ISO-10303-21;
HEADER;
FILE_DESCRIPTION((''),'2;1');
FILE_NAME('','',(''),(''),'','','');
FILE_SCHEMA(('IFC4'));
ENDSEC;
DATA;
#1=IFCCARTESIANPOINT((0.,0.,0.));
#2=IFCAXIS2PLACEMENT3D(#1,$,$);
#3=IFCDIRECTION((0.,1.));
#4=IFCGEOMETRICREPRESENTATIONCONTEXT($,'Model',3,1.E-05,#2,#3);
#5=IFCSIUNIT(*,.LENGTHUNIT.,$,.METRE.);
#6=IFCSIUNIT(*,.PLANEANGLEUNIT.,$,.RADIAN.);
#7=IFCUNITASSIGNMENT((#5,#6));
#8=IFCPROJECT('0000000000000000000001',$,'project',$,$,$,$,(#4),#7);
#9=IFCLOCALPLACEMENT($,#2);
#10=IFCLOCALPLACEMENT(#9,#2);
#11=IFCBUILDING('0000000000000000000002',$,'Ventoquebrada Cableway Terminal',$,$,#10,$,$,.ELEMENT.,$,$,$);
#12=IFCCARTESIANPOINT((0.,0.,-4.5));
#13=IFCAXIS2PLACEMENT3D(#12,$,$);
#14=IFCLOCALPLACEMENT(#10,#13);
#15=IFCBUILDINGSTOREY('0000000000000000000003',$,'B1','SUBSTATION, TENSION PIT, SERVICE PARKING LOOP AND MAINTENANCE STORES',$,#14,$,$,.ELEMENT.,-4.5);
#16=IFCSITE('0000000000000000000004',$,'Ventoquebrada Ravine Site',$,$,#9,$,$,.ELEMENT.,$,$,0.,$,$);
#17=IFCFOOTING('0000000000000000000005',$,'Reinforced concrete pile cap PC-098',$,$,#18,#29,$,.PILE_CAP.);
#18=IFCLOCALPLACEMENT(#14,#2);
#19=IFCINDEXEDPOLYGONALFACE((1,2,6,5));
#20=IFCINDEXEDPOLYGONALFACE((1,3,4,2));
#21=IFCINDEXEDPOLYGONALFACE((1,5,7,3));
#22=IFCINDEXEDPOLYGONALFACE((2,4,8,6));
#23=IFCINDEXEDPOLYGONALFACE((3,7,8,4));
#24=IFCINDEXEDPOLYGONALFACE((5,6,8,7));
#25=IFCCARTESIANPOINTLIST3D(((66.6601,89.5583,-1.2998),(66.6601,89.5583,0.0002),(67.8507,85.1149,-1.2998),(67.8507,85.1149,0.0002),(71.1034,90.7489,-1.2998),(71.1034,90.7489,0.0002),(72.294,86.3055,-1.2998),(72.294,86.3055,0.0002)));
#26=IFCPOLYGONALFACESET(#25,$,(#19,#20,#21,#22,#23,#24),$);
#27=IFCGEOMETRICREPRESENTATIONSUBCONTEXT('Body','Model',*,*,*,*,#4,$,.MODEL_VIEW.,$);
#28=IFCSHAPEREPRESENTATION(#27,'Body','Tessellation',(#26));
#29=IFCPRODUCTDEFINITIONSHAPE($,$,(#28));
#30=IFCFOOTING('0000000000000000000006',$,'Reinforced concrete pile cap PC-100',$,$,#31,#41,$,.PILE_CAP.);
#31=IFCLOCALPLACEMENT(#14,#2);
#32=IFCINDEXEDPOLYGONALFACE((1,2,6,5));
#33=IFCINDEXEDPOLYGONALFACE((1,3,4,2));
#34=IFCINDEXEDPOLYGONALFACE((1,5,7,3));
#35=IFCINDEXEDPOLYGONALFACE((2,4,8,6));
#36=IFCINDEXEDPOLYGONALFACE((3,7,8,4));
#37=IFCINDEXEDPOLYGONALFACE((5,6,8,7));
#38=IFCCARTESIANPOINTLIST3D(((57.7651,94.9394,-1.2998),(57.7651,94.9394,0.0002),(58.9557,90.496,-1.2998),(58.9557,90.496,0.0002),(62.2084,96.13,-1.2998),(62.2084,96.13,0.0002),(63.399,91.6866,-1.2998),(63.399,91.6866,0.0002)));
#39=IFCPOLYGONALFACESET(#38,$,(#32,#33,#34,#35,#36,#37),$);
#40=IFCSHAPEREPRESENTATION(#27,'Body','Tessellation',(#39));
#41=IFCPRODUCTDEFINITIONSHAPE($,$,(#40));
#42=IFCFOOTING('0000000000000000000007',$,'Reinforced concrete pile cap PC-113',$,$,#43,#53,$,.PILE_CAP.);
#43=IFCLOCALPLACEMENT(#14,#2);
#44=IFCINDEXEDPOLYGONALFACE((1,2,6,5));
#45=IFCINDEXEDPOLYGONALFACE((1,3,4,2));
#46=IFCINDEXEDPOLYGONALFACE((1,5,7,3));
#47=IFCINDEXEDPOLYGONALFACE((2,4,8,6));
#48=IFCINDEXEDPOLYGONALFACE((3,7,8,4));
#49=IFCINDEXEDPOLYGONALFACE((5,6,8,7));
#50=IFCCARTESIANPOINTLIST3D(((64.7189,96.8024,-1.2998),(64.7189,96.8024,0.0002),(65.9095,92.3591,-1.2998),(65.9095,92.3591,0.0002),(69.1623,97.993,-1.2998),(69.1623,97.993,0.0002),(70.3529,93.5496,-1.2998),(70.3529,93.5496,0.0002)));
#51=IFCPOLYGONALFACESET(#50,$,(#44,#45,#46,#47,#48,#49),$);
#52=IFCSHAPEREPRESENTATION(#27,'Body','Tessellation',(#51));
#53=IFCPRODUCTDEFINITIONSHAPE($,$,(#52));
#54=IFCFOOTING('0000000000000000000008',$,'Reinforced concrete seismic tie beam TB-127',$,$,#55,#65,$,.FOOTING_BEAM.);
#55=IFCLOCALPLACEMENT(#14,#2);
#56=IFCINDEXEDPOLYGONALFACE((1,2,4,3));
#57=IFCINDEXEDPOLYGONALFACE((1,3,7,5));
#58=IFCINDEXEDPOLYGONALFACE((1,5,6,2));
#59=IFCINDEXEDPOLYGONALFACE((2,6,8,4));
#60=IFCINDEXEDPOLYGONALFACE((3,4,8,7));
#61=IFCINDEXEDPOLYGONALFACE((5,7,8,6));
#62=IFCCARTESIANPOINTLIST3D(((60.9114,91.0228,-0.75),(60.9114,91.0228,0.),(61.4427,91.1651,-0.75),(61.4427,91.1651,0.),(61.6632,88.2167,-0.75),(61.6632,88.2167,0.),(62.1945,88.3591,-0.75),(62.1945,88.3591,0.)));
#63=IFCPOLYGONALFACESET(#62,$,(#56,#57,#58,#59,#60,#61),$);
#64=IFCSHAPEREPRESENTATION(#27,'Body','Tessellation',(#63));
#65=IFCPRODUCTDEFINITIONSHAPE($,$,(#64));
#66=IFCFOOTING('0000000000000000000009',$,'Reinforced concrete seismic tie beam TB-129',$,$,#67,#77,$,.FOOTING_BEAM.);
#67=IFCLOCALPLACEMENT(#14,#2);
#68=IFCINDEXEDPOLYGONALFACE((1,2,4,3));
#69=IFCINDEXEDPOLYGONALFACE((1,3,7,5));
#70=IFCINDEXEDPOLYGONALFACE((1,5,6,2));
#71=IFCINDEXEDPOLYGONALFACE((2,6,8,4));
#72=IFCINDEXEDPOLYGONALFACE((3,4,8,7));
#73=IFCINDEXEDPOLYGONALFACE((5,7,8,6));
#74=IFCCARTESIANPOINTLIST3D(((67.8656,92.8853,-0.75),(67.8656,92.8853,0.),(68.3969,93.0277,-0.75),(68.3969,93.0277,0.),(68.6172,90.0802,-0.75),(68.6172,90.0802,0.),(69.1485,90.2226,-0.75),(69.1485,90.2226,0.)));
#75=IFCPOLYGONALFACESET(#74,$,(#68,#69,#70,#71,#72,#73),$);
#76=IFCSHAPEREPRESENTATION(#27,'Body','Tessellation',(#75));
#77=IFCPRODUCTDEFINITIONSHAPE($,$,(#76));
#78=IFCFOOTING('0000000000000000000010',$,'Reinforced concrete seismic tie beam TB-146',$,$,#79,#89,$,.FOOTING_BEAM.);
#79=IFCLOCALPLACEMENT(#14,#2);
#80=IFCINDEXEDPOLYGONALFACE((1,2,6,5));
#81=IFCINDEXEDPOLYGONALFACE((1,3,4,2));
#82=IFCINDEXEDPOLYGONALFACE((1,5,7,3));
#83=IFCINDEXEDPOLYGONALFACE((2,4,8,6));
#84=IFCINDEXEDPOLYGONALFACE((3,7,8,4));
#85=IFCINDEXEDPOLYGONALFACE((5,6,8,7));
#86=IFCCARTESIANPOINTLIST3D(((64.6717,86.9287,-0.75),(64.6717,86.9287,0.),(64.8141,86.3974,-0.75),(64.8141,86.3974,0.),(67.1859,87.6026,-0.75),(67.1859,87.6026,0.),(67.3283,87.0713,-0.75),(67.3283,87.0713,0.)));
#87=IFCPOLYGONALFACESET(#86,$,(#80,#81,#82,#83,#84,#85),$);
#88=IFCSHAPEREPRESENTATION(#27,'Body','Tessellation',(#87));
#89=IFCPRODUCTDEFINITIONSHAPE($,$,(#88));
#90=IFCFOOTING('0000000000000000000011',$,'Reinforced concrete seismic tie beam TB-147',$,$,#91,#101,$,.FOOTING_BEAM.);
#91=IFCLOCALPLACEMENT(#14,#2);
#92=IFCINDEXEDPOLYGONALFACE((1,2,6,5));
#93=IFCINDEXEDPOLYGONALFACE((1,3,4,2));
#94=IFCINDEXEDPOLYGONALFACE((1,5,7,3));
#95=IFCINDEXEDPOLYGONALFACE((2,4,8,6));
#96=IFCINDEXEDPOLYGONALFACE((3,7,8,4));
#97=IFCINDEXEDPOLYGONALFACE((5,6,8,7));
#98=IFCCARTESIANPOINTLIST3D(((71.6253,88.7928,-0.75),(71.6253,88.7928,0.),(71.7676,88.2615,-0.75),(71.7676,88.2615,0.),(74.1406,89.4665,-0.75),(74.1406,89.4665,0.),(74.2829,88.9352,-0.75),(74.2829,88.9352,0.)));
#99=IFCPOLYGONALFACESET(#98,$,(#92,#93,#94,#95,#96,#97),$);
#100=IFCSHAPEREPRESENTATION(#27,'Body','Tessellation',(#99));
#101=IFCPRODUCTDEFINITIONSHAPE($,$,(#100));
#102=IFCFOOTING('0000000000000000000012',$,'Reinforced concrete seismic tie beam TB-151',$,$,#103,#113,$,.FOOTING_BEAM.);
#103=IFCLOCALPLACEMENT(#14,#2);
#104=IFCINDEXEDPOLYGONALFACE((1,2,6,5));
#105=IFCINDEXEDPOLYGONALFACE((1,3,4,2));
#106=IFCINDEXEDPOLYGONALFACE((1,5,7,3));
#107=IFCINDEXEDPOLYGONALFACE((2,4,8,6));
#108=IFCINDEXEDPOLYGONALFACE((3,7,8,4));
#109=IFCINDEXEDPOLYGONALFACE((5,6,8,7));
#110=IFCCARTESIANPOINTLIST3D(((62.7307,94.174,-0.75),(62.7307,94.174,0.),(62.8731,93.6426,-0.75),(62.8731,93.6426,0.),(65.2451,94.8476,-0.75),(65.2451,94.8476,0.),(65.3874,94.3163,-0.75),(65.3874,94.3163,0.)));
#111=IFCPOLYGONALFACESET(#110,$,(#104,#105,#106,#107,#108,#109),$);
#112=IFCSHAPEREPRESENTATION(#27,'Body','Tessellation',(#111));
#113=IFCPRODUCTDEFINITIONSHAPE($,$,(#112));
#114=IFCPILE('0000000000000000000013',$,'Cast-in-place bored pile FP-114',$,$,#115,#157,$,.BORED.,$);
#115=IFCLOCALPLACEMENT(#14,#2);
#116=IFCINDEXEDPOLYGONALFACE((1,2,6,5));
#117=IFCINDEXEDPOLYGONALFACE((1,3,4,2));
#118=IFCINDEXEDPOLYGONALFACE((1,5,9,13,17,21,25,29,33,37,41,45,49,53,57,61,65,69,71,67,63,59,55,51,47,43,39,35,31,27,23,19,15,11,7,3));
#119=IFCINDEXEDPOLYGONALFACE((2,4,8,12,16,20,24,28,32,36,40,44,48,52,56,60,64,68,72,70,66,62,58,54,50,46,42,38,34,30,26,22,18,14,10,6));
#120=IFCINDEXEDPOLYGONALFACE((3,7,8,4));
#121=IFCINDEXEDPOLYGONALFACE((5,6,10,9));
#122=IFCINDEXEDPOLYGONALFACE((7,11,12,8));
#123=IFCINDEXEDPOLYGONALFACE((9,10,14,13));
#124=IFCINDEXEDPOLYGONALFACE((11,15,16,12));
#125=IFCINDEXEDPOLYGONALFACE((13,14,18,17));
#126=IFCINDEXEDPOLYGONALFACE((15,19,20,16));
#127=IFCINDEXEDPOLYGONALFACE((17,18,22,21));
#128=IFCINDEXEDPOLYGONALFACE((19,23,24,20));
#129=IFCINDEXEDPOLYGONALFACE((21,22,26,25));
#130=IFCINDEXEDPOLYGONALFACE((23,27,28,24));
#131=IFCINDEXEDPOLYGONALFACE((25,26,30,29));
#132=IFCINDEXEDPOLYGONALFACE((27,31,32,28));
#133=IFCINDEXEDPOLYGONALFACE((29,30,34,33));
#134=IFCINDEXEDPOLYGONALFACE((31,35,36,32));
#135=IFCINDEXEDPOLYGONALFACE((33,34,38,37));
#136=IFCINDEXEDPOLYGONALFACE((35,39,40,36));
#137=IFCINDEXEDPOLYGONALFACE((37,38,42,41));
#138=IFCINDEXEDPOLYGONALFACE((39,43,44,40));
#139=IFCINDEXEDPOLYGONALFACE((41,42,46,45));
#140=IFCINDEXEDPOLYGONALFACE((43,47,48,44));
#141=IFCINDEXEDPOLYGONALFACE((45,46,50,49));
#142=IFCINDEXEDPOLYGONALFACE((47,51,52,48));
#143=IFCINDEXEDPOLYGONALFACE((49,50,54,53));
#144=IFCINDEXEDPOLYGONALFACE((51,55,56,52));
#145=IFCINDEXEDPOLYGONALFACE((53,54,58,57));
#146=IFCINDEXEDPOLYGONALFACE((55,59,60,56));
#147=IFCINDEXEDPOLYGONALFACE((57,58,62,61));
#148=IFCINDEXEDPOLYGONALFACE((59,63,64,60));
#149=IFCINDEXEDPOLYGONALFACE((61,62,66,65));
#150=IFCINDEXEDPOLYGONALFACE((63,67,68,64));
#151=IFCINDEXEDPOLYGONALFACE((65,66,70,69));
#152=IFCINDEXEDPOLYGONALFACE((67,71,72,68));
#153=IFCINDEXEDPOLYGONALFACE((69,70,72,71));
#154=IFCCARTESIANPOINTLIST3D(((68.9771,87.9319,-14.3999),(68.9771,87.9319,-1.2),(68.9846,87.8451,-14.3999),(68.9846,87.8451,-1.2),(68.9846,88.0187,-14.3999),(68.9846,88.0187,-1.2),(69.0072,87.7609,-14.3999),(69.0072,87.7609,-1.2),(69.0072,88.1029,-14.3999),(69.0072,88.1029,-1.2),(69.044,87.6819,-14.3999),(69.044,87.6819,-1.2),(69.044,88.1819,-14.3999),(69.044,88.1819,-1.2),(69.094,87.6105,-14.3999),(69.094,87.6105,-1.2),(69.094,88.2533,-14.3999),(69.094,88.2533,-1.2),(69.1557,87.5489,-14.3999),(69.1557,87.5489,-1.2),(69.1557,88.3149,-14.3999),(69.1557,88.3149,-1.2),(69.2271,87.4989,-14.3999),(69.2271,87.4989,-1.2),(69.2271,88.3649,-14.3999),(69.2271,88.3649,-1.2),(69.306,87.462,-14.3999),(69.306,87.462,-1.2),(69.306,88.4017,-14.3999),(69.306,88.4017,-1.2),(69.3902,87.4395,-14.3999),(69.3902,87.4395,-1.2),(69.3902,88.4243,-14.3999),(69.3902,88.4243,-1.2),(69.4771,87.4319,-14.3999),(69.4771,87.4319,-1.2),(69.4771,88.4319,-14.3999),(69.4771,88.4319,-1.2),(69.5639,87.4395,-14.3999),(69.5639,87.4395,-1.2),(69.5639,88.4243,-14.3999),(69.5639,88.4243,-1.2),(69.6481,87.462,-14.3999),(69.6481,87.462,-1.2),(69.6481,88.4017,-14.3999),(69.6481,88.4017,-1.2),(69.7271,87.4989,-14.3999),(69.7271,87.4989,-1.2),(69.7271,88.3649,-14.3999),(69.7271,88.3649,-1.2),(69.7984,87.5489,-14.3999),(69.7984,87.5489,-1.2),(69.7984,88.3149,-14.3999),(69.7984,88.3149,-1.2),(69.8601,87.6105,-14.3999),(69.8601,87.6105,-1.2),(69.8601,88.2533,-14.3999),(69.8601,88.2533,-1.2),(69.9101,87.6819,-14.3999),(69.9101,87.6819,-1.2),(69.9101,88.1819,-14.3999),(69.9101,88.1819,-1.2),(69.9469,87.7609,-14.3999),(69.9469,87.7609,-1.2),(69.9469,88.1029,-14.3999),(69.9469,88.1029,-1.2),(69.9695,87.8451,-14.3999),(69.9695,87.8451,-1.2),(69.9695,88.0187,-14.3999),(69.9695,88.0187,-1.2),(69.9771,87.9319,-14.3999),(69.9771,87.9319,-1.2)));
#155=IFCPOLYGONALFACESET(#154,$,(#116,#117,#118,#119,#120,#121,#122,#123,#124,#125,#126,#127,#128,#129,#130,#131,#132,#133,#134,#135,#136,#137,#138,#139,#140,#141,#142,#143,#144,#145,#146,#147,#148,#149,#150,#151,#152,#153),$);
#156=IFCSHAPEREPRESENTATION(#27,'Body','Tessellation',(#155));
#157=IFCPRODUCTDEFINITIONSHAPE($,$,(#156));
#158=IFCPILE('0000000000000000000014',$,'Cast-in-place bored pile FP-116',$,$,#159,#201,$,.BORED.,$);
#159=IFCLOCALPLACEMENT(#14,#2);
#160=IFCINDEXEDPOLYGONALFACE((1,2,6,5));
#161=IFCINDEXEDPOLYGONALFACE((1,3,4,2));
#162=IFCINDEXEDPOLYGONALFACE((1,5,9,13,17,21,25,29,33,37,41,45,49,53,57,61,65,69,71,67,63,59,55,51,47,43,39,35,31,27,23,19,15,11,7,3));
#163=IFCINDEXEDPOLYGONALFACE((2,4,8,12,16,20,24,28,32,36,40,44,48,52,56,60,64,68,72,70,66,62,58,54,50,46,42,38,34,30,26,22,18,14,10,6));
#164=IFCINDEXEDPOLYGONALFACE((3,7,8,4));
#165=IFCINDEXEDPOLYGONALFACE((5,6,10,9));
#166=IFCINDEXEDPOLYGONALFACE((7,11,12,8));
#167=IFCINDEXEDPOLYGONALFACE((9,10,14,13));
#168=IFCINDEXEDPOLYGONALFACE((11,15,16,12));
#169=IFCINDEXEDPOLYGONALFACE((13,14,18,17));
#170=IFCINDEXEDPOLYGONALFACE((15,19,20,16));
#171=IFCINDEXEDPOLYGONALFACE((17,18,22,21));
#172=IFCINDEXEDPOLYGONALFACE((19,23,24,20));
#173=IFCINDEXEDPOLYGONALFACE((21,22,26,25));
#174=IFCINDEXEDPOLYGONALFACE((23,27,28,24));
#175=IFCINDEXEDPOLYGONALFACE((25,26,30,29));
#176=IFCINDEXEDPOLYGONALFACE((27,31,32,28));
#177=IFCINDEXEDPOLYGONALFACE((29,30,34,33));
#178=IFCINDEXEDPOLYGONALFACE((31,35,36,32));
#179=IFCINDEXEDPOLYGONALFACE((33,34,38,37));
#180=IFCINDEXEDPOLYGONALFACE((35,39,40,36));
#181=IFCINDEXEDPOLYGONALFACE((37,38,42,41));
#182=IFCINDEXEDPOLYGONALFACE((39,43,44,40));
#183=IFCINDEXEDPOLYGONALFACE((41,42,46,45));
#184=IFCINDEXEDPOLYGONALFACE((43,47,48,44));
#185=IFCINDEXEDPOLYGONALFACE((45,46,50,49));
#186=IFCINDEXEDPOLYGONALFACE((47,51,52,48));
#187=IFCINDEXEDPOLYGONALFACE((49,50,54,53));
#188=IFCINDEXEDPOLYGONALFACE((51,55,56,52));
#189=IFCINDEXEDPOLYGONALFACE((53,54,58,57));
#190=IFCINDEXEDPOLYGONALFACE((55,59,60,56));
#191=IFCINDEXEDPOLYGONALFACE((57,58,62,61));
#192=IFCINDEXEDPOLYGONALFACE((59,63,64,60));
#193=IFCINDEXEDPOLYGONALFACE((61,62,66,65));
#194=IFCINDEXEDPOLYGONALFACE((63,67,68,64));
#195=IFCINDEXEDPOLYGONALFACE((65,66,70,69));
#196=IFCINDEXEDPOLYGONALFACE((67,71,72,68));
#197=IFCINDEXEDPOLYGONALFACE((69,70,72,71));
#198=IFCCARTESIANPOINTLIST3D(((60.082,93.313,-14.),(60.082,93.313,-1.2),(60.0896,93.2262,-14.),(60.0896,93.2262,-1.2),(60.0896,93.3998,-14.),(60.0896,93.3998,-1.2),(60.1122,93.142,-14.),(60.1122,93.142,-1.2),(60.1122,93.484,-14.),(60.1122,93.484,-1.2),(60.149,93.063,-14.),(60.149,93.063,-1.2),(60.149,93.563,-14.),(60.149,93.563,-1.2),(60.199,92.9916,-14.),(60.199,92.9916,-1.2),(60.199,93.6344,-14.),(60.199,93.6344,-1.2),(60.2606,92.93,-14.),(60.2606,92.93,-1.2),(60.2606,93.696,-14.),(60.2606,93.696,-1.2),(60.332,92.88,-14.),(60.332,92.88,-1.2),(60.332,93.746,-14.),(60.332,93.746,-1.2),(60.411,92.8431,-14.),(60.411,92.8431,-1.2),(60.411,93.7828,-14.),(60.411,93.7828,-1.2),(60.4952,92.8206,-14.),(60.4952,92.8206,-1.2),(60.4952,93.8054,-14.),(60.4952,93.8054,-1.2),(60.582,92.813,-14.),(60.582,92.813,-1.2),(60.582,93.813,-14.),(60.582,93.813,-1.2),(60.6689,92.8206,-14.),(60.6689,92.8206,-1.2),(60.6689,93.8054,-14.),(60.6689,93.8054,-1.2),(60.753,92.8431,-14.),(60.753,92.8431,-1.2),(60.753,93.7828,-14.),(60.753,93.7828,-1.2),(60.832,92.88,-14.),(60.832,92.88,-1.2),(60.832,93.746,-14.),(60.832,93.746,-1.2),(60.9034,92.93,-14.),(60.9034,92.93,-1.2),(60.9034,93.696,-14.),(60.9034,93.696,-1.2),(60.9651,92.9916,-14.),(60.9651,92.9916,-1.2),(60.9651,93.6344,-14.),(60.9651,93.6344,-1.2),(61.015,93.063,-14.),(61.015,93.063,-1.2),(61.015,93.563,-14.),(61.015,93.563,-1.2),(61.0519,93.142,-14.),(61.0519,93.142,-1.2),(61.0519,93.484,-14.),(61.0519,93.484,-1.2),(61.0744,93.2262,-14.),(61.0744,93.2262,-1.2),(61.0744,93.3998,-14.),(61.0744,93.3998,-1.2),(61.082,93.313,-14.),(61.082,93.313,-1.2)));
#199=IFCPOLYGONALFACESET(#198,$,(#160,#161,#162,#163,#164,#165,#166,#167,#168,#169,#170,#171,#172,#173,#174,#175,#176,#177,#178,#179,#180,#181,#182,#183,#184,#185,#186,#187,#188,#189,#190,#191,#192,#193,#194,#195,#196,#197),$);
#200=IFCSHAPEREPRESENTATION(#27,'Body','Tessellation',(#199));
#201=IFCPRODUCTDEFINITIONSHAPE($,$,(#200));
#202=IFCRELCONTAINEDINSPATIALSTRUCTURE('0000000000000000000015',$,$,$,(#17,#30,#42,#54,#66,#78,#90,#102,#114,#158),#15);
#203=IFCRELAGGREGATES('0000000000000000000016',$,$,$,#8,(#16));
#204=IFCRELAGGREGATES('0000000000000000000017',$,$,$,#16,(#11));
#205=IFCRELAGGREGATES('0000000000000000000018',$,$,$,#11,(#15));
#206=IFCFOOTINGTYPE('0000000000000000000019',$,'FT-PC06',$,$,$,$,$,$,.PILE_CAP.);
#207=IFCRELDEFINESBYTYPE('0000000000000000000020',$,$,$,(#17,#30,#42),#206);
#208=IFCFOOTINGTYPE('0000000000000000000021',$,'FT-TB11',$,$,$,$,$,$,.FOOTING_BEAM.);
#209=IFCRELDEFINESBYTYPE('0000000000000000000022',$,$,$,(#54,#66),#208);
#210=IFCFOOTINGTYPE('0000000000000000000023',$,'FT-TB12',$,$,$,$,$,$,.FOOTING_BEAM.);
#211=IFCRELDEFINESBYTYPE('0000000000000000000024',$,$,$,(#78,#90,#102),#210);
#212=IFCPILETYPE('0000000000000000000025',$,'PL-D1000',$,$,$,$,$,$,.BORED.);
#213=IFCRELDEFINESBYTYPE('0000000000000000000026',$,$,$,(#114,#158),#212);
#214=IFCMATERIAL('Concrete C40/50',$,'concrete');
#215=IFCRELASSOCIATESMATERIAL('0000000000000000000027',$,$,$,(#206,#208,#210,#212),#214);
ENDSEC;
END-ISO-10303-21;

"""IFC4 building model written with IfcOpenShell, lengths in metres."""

from ifc_helpers import new_model, si_unit, direction, frame, origin, origin_2d, place, context, subcontext, project, spatial, rectangle, circle, extrude, material, material_profile, profile_set, type_object, element, save


model = new_model("IFC4")

# Units and contexts
model_context = context("Model", 3, precision=1e-05, world=origin(), true_north=direction((0.0, 1.0)))
body_context = subcontext(model_context, "Body", "Model", "MODEL_VIEW")
ifc_project = project(units=[si_unit("LENGTHUNIT", "METRE"), si_unit("PLANEANGLEUNIT", "RADIAN")], contexts=[model_context])

# Site, building, storey
site_placement = place(None, origin())
site = spatial("IfcSite", under=ifc_project, at=site_placement, Name="Ventoquebrada Ravine Site", CompositionType="ELEMENT", RefElevation=0.0)
building_placement = place(site_placement, origin())
building = spatial("IfcBuilding", under=site, at=building_placement, Name="Ventoquebrada Cableway Terminal", CompositionType="ELEMENT")
storey_placement = place(building_placement, frame((0.0, 0.0, -4.5)))
storey = spatial("IfcBuildingStorey", under=building, at=storey_placement, Name="B1", Description="SUBSTATION, TENSION PIT, SERVICE PARKING LOOP AND MAINTENANCE STORES", CompositionType="ELEMENT", Elevation=-4.5)

# Footings
ifc_material = material(Name="Concrete C40/50", Category="concrete")
footing_type_1 = type_object("IfcFootingType", Name="FT-PC06", PredefinedType="PILE_CAP", material=ifc_material)
for number, where, z_axis, x_axis, name in (
    (1, (69.4771, 87.9319, -1.2998), (0.0, 0.0, 1.0), (0.965926, 0.258819, 0.0), "Reinforced concrete pile cap PC-098"),
    (2, (60.582, 93.313, -1.2998), (0.0, 0.0, 1.0), (0.965926, 0.258819, 0.0), "Reinforced concrete pile cap PC-100"),
    (3, (67.5359, 95.176, -1.2998), (0.0, 0.0, 1.0), (0.965926, 0.258819, 0.0), "Reinforced concrete pile cap PC-113"),
):
    element("IfcFooting", number, at=place(storey_placement, frame(where, z_axis=z_axis, x_axis=x_axis)), inside=storey, type_object=footing_type_1, Name=name, PredefinedType="PILE_CAP", context=body_context, shape_type="SweptSolid", body=[
        extrude(rectangle(XDim=4.6001, YDim=4.6001, at=origin_2d()), origin(), (0.0, 0.0, 1.0), 1.3),
    ])
footing_type_2 = type_object("IfcFootingType", Name="FT-TB11", PredefinedType="FOOTING_BEAM", material=ifc_material)
footing_1_placement = place(storey_placement, frame((61.553, 89.6909, -0.75), z_axis=(0.0, 0.0, 1.0), x_axis=(-0.258785, 0.965935, 0.0)))
element("IfcFooting", 4, at=footing_1_placement, inside=storey, type_object=footing_type_2, Name="Reinforced concrete seismic tie beam TB-127", PredefinedType="FOOTING_BEAM", context=body_context, shape_type="SweptSolid", body=[
    extrude(rectangle(XDim=2.905, YDim=0.55, at=origin_2d()), origin(), (0.0, 0.0, 1.0), 0.75),
])
footing_2_placement = place(storey_placement, frame((68.5071, 91.554, -0.75), z_axis=(0.0, 0.0, 1.0), x_axis=(-0.258819, 0.965926, 0.0)))
element("IfcFooting", 5, at=footing_2_placement, inside=storey, type_object=footing_type_2, Name="Reinforced concrete seismic tie beam TB-129", PredefinedType="FOOTING_BEAM", context=body_context, shape_type="SweptSolid", body=[
    extrude(rectangle(XDim=2.9041, YDim=0.55, at=origin_2d()), origin(), (0.0, 0.0, 1.0), 0.75),
])
footing_type_3 = type_object("IfcFootingType", Name="FT-TB12", PredefinedType="FOOTING_BEAM", material=ifc_material)
footing_3_placement = place(storey_placement, frame((66.0, 87.0, -0.75), z_axis=(0.0, 0.0, 1.0), x_axis=(0.965903, 0.258903, 0.0)))
element("IfcFooting", 6, at=footing_3_placement, inside=storey, type_object=footing_type_3, Name="Reinforced concrete seismic tie beam TB-146", PredefinedType="FOOTING_BEAM", context=body_context, shape_type="SweptSolid", body=[
    extrude(rectangle(XDim=2.603, YDim=0.55, at=origin_2d()), origin(), (0.0, 0.0, 1.0), 0.75),
])
footing_4_placement = place(storey_placement, frame((72.9541, 88.864, -0.75), z_axis=(0.0, 0.0, 1.0), x_axis=(0.965948, 0.258735, 0.0)))
element("IfcFooting", 7, at=footing_4_placement, inside=storey, type_object=footing_type_3, Name="Reinforced concrete seismic tie beam TB-147", PredefinedType="FOOTING_BEAM", context=body_context, shape_type="SweptSolid", body=[
    extrude(rectangle(XDim=2.604, YDim=0.55, at=origin_2d()), origin(), (0.0, 0.0, 1.0), 0.75),
])
footing_5_placement = place(storey_placement, frame((64.0591, 94.2451, -0.75), z_axis=(0.0, 0.0, 1.0), x_axis=(0.965935, 0.258785, 0.0)))
element("IfcFooting", 8, at=footing_5_placement, inside=storey, type_object=footing_type_3, Name="Reinforced concrete seismic tie beam TB-151", PredefinedType="FOOTING_BEAM", context=body_context, shape_type="SweptSolid", body=[
    extrude(rectangle(XDim=2.603, YDim=0.55, at=origin_2d()), origin(), (0.0, 0.0, 1.0), 0.75),
])

# Piles
ifc_material_profile_1 = material_profile(ifc_material, circle(Radius=0.5, at=origin_2d()), Name="PILE-D1000")
ifc_profile_set_1 = profile_set([ifc_material_profile_1], Name="Concrete C40/50")
pile_type = type_object("IfcPileType", Name="PL-D1000", PredefinedType="BORED", material=ifc_profile_set_1)
pile_1_placement = place(storey_placement, frame((69.4771, 87.9319, -1.2), z_axis=(0.0, 0.0, -1.0), x_axis=(1.0, 0.0, 0.0)))
element("IfcPile", 9, at=pile_1_placement, inside=storey, type_object=pile_type, Name="Cast-in-place bored pile FP-114", PredefinedType="BORED", context=body_context, shape_type="SweptSolid", body=[
    extrude(circle(Radius=0.5, at=origin_2d()), origin(), (0.0, 0.0, 1.0), 13.2),
])
pile_2_placement = place(storey_placement, frame((60.582, 93.313, -1.2), z_axis=(0.0, 0.0, -1.0), x_axis=(1.0, 0.0, 0.0)))
element("IfcPile", 10, at=pile_2_placement, inside=storey, type_object=pile_type, Name="Cast-in-place bored pile FP-116", PredefinedType="BORED", context=body_context, shape_type="SweptSolid", body=[
    extrude(circle(Radius=0.5, at=origin_2d()), origin(), (0.0, 0.0, 1.0), 12.8),
])

save(model, "model.ifc")
